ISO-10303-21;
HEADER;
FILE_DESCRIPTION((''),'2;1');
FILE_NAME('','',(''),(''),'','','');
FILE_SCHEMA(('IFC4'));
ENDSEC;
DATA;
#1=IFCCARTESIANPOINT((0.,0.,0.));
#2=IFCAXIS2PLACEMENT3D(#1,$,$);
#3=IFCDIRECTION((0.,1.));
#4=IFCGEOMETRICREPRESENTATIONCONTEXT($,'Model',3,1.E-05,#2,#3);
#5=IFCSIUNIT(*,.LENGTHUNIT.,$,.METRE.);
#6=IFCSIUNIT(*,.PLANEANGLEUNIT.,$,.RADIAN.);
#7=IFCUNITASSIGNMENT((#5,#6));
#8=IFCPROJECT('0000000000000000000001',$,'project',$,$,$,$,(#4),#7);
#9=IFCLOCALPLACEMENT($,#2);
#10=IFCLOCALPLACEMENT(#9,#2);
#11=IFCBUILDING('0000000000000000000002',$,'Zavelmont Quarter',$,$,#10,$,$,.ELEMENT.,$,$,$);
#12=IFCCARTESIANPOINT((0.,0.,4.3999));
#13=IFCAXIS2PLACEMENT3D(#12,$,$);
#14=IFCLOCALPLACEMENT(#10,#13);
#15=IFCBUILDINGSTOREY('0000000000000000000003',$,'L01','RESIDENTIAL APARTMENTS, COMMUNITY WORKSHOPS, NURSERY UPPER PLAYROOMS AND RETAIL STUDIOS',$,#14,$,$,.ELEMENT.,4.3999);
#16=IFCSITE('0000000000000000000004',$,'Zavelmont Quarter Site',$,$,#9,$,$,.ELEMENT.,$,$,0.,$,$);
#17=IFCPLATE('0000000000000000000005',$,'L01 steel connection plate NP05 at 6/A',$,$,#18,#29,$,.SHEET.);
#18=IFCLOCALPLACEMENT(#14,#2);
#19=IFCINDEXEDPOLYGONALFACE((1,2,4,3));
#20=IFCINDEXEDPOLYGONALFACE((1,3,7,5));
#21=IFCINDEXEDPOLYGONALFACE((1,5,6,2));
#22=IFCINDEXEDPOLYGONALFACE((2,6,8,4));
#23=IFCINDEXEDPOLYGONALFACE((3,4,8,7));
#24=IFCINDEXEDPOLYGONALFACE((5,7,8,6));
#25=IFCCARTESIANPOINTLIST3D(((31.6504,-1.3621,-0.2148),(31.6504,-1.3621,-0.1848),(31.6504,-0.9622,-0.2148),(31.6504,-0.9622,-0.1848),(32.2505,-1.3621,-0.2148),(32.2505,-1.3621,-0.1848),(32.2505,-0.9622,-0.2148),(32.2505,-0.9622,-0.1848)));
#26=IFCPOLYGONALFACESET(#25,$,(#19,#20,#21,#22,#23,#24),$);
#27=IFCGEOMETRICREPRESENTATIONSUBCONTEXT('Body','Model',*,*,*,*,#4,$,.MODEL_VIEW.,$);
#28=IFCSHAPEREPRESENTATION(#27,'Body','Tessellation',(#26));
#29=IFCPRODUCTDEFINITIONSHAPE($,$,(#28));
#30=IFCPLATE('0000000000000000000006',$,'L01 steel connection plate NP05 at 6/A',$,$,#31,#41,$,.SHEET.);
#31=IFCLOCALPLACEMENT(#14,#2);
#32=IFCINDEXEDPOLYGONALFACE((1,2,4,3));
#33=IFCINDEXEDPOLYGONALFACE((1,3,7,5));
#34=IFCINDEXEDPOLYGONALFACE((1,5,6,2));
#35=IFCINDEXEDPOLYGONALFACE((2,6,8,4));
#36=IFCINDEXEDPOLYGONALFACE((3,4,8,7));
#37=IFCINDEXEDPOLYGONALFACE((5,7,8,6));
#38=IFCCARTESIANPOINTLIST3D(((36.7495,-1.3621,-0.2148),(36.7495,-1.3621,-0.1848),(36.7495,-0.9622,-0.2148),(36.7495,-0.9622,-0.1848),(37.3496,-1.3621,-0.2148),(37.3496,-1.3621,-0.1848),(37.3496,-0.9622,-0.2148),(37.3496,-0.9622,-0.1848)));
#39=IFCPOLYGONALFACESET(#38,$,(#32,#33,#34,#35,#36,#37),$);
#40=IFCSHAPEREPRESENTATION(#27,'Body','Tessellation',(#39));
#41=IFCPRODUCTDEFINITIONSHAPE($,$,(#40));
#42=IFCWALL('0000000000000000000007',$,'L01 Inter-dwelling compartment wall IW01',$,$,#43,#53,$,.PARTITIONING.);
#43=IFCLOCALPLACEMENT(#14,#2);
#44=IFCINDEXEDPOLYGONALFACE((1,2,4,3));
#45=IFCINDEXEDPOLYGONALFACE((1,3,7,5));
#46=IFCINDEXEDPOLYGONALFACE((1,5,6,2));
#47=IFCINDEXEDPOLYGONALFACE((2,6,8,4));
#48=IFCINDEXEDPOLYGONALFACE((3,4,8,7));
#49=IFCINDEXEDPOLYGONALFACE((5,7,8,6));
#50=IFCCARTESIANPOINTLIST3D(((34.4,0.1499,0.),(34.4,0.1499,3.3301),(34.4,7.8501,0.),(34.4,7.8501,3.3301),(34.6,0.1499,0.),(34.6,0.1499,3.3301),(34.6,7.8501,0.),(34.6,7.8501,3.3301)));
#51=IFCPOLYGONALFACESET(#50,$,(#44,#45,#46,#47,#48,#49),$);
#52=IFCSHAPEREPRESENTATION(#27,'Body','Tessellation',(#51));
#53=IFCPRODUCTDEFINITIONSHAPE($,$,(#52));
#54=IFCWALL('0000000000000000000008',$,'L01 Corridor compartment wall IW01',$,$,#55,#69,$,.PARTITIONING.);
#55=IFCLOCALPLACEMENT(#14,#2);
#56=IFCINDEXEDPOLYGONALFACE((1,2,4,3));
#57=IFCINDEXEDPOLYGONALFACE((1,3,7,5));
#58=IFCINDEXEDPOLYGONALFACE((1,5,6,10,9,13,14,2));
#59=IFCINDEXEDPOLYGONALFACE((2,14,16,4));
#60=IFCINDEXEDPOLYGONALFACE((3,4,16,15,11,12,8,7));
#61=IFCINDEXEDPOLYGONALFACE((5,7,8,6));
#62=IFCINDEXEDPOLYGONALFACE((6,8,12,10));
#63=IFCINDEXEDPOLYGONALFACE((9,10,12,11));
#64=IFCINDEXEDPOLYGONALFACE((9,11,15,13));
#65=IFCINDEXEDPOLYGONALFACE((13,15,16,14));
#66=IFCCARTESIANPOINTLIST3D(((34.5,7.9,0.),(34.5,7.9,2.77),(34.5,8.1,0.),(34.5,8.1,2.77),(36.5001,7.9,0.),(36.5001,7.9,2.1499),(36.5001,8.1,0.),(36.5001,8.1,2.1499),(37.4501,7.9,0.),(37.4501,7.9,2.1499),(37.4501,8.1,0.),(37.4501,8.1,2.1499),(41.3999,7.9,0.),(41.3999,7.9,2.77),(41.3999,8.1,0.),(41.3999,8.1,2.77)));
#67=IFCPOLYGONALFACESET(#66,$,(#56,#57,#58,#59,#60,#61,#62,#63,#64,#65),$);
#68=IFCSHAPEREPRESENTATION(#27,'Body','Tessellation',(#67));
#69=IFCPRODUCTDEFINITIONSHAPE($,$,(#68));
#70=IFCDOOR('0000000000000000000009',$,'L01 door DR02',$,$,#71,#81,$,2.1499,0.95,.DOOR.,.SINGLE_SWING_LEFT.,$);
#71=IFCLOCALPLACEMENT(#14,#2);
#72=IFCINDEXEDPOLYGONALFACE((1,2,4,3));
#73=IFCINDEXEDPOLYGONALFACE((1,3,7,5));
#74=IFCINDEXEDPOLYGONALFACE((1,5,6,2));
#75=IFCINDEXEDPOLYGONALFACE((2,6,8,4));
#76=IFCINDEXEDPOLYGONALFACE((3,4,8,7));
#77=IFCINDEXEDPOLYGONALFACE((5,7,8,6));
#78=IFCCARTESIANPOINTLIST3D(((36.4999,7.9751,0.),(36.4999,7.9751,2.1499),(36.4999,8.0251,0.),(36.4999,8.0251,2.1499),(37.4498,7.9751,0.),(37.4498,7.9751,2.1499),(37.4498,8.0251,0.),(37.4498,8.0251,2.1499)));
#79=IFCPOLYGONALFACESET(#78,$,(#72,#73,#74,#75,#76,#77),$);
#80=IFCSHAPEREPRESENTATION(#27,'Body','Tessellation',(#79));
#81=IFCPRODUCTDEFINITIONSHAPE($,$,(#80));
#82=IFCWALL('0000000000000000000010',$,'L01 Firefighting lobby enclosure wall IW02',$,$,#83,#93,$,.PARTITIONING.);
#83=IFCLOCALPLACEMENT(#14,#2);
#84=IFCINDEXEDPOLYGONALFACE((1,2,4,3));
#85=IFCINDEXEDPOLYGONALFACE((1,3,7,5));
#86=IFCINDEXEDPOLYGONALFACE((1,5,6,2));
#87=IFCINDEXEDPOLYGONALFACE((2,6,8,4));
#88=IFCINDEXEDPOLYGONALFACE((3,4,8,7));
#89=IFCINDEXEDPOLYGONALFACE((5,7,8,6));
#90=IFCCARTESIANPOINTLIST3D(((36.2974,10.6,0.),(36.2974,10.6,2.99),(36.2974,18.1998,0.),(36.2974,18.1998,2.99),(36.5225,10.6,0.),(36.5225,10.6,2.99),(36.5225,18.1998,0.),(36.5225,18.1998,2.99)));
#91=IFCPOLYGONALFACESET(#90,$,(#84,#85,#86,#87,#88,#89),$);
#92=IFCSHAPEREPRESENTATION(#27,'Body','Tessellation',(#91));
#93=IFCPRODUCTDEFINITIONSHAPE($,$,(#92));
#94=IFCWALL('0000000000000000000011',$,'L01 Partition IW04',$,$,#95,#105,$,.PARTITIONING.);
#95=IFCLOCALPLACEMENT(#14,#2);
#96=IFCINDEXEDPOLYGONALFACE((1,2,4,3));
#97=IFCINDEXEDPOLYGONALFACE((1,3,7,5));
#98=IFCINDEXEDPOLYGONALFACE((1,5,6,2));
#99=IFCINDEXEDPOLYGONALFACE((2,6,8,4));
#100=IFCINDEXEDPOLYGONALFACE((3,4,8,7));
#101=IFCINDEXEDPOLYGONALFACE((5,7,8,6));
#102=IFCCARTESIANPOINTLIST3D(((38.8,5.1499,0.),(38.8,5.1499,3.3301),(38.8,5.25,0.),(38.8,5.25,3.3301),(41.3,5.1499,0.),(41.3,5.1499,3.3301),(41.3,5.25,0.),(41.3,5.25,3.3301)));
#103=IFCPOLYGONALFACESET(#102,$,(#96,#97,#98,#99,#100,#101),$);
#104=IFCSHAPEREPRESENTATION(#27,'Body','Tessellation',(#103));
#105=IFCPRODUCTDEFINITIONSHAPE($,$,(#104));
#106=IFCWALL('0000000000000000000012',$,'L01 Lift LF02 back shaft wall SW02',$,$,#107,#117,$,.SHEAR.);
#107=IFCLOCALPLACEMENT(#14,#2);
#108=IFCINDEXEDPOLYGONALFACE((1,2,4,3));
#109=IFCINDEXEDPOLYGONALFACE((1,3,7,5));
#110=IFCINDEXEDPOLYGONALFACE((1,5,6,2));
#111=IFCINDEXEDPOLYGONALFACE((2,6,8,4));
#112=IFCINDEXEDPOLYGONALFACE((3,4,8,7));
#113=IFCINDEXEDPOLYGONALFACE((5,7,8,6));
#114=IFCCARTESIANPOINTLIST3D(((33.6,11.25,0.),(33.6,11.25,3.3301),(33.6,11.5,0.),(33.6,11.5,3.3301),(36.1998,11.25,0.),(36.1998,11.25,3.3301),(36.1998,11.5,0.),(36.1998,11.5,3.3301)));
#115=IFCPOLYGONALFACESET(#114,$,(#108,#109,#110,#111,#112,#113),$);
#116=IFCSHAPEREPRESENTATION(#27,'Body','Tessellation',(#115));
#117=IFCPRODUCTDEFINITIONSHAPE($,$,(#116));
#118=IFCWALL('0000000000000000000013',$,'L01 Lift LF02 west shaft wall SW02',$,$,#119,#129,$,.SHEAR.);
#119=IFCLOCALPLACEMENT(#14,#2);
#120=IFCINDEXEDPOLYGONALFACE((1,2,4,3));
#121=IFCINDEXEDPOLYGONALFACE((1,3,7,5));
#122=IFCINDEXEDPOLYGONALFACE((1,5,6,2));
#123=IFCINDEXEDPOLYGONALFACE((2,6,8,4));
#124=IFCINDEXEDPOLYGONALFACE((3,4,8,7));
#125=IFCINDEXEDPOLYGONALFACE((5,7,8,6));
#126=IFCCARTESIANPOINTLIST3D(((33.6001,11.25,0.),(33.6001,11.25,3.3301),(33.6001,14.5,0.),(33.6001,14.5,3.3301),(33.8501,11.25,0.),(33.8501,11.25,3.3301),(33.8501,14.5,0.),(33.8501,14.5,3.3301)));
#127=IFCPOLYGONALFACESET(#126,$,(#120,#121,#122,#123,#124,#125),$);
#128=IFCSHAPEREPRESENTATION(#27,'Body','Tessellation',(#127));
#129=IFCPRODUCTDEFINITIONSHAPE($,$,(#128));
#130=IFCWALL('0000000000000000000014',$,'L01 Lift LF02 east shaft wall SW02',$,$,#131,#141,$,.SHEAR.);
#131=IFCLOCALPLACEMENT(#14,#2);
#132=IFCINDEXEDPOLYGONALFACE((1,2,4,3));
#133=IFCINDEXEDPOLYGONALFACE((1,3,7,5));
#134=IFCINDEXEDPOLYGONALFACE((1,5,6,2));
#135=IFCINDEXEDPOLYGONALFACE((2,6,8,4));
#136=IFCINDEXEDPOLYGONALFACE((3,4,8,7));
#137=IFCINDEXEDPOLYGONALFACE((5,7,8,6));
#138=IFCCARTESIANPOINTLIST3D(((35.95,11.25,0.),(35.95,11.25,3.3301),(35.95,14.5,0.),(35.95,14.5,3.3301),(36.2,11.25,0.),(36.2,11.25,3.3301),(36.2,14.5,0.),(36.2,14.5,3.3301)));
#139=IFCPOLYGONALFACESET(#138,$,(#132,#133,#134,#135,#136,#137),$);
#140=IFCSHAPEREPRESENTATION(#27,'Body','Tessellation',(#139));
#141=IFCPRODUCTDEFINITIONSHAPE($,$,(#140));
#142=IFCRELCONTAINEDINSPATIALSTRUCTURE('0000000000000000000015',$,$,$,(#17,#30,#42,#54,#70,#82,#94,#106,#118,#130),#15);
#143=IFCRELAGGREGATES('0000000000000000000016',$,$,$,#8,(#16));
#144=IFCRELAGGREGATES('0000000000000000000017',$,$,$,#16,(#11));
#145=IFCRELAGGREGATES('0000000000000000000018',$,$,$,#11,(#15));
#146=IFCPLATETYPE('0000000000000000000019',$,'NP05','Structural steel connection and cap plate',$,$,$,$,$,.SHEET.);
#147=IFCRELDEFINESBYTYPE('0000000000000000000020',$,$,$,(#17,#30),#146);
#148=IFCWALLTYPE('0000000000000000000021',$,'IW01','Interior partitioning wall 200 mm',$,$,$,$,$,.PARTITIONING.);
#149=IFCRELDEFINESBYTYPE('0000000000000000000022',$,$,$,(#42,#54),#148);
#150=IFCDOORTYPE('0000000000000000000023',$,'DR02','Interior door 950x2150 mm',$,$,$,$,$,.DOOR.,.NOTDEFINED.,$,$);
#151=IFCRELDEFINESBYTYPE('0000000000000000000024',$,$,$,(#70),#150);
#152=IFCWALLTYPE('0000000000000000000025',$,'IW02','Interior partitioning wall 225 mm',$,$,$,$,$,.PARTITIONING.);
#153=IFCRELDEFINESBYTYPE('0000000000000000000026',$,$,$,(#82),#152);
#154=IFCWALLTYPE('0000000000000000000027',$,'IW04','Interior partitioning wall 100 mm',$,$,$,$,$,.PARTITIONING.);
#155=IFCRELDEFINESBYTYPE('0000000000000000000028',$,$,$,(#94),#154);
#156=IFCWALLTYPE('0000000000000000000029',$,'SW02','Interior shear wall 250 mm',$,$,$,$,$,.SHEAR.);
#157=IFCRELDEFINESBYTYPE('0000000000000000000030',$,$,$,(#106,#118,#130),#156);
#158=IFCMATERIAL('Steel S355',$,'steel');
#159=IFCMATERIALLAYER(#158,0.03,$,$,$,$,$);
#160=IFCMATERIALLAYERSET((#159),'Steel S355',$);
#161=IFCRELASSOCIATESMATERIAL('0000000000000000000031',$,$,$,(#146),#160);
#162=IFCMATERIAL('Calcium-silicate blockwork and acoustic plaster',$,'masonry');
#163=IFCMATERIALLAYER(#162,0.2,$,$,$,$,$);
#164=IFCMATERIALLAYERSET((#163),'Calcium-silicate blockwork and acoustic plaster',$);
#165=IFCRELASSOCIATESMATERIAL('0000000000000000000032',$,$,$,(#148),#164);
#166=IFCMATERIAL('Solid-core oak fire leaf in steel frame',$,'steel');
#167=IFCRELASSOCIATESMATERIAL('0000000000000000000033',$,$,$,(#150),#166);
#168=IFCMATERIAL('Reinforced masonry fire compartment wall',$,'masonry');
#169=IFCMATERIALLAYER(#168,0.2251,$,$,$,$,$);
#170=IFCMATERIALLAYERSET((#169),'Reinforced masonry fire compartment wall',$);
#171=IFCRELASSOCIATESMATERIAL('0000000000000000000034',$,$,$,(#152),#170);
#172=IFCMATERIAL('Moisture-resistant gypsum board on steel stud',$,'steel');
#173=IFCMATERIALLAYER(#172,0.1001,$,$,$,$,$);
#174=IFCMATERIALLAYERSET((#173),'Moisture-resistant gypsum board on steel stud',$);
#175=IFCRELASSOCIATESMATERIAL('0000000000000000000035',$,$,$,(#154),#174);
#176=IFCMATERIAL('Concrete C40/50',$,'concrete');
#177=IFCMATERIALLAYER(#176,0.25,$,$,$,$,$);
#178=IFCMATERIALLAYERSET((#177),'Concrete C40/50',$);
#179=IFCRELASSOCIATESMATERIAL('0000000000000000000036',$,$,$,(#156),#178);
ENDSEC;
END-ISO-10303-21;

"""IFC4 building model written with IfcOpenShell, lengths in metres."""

from ifc_helpers import new_model, si_unit, direction, frame, frame_2d, origin, origin_2d, place, context, subcontext, project, spatial, rectangle, extrude, material, layer, layer_set, type_object, element, fill, save


model = new_model("IFC4")

# Units and contexts
model_context = context("Model", 3, precision=1e-05, world=origin(), true_north=direction((0.0, 1.0)))
body_context = subcontext(model_context, "Body", "Model", "MODEL_VIEW")
ifc_project = project(units=[si_unit("LENGTHUNIT", "METRE"), si_unit("PLANEANGLEUNIT", "RADIAN")], contexts=[model_context])

# Site, building, storey
site_placement = place(None, origin())
site = spatial("IfcSite", under=ifc_project, at=site_placement, Name="Zavelmont Quarter Site", CompositionType="ELEMENT", RefElevation=0.0)
building_placement = place(site_placement, origin())
building = spatial("IfcBuilding", under=site, at=building_placement, Name="Zavelmont Quarter", CompositionType="ELEMENT")
storey_placement = place(building_placement, frame((0.0, 0.0, 4.3999)))
storey = spatial("IfcBuildingStorey", under=building, at=storey_placement, Name="L01", Description="RESIDENTIAL APARTMENTS, COMMUNITY WORKSHOPS, NURSERY UPPER PLAYROOMS AND RETAIL STUDIOS", CompositionType="ELEMENT", Elevation=4.3999)

# Shared definitions
ifc_material_1 = material(Name="Concrete C40/50", Category="concrete")

# Shared definitions
ifc_material_2 = material(Name="Steel S355", Category="steel")

# Plates
ifc_layer_1 = layer(ifc_material_2, 0.03)
ifc_layer_set_1 = layer_set([ifc_layer_1], Name="Steel S355")
plate_type = type_object("IfcPlateType", Name="NP05", Description="Structural steel connection and cap plate", PredefinedType="SHEET", material=ifc_layer_set_1)
for number, where, z_axis, x_axis, name in (
    (1, (31.9504, -1.1621, -0.2148), (0.0, 0.0, 1.0), (1.0, 0.0, 0.0), "L01 steel connection plate NP05 at 6/A"),
    (2, (37.0496, -1.1621, -0.2148), (0.0, 0.0, 1.0), (1.0, 0.0, 0.0), "L01 steel connection plate NP05 at 6/A"),
):
    element("IfcPlate", number, at=place(storey_placement, frame(where, z_axis=z_axis, x_axis=x_axis)), inside=storey, type_object=plate_type, Name=name, PredefinedType="SHEET", context=body_context, shape_type="SweptSolid", body=[
        extrude(rectangle(XDim=0.6001, YDim=0.3999, at=origin_2d()), origin(), (0.0, 0.0, 1.0), 0.03),
    ])

# Wall
ifc_material_3 = material(Name="Calcium-silicate blockwork and acoustic plaster", Category="masonry")
ifc_layer_2 = layer(ifc_material_3, 0.2)
ifc_layer_set_2 = layer_set([ifc_layer_2], Name="Calcium-silicate blockwork and acoustic plaster")
wall_type_1 = type_object("IfcWallType", Name="IW01", Description="Interior partitioning wall 200 mm", PredefinedType="PARTITIONING", material=ifc_layer_set_2)
wall_1_placement = place(storey_placement, frame((34.5, 7.8501, 0.0), z_axis=(0.0, 0.0, 1.0), x_axis=(0.0, -1.0, 0.0)))
element("IfcWall", 3, at=wall_1_placement, inside=storey, type_object=wall_type_1, Name="L01 Inter-dwelling compartment wall IW01", PredefinedType="PARTITIONING", context=body_context, shape_type="SweptSolid", body=[
    extrude(rectangle(XDim=7.7002, YDim=0.2, at=frame_2d((3.8501, 0.0))), origin(), (0.0, 0.0, 1.0), 3.3301),
])

# Wall, opening, door
wall_2_placement = place(storey_placement, frame((34.5, 8.0, 0.0), z_axis=(0.0, 0.0, 1.0), x_axis=(1.0, 0.0, 0.0)))
wall_2 = element("IfcWall", 4, at=wall_2_placement, inside=storey, type_object=wall_type_1, Name="L01 Corridor compartment wall IW01", PredefinedType="PARTITIONING", context=body_context, shape_type="SweptSolid", body=[
    extrude(rectangle(XDim=6.8999, YDim=0.2, at=frame_2d((3.45, 0.0))), origin(), (0.0, 0.0, 1.0), 2.77),
])
opening_1_placement = place(wall_2_placement, frame((2.0, 0.0, 0.0)))
opening_1 = element("IfcOpeningElement", 5, at=opening_1_placement, cuts=wall_2, PredefinedType="OPENING", context=body_context, shape_type="SweptSolid", body=[
    extrude(rectangle(XDim=0.95, YDim=2.1499, at=frame_2d((0.4751, 1.075))), frame((0.0, 0.1118, 0.0), z_axis=(0.0, -1.0, 0.0), x_axis=(1.0, 0.0, 0.0)), (0.0, 0.0, 1.0), 0.2239),
])
ifc_material_4 = material(Name="Solid-core oak fire leaf in steel frame", Category="steel")
door_type_1 = type_object("IfcDoorType", Name="DR02", Description="Interior door 950x2150 mm", OperationType="NOTDEFINED", PredefinedType="DOOR", material=ifc_material_4)
door_1_placement = place(opening_1_placement, frame((0.95, 0.0, 0.0), z_axis=(0.0, 0.0, 1.0), x_axis=(-1.0, 0.0, 0.0)))
door_1 = element("IfcDoor", 6, at=door_1_placement, inside=storey, type_object=door_type_1, Name="L01 door DR02", OperationType="SINGLE_SWING_LEFT", OverallHeight=2.1499, OverallWidth=0.95, PredefinedType="DOOR", context=body_context, shape_type="SweptSolid", body=[
    extrude(rectangle(XDim=0.95, YDim=2.1499, at=frame_2d((0.4751, 1.075))), frame((0.0, 0.0249, 0.0), z_axis=(0.0, -1.0, 0.0), x_axis=(1.0, 0.0, 0.0)), (0.0, 0.0, 1.0), 0.05),
])
fill(opening_1, door_1)

# Wall
ifc_material_5 = material(Name="Reinforced masonry fire compartment wall", Category="masonry")
ifc_layer_3 = layer(ifc_material_5, 0.2251)
ifc_layer_set_3 = layer_set([ifc_layer_3], Name="Reinforced masonry fire compartment wall")
wall_type_2 = type_object("IfcWallType", Name="IW02", Description="Interior partitioning wall 225 mm", PredefinedType="PARTITIONING", material=ifc_layer_set_3)
wall_3_placement = place(storey_placement, frame((36.4099, 10.6001, 0.0), z_axis=(0.0, 0.0, 1.0), x_axis=(0.0, 1.0, 0.0)))
element("IfcWall", 7, at=wall_3_placement, inside=storey, type_object=wall_type_2, Name="L01 Firefighting lobby enclosure wall IW02", PredefinedType="PARTITIONING", context=body_context, shape_type="SweptSolid", body=[
    extrude(rectangle(XDim=7.5999, YDim=0.2251, at=frame_2d((3.7998, 0.0))), origin(), (0.0, 0.0, 1.0), 2.99),
])

# Walls
ifc_material_6 = material(Name="Moisture-resistant gypsum board on steel stud", Category="steel")
ifc_layer_4 = layer(ifc_material_6, 0.1001)
ifc_layer_set_4 = layer_set([ifc_layer_4], Name="Moisture-resistant gypsum board on steel stud")
wall_type_3 = type_object("IfcWallType", Name="IW04", Description="Interior partitioning wall 100 mm", PredefinedType="PARTITIONING", material=ifc_layer_set_4)
wall_4_placement = place(storey_placement, frame((38.8, 5.2, 0.0), z_axis=(0.0, 0.0, 1.0), x_axis=(1.0, 0.0, 0.0)))
element("IfcWall", 8, at=wall_4_placement, inside=storey, type_object=wall_type_3, Name="L01 Partition IW04", PredefinedType="PARTITIONING", context=body_context, shape_type="SweptSolid", body=[
    extrude(rectangle(XDim=2.5, YDim=0.1001, at=frame_2d((1.25, 0.0))), origin(), (0.0, 0.0, 1.0), 3.3301),
])
ifc_layer_5 = layer(ifc_material_1, 0.25)
ifc_layer_set_5 = layer_set([ifc_layer_5], Name="Concrete C40/50")
wall_type_4 = type_object("IfcWallType", Name="SW02", Description="Interior shear wall 250 mm", PredefinedType="SHEAR", material=ifc_layer_set_5)
wall_5_placement = place(storey_placement, frame((33.6001, 11.375, 0.0), z_axis=(0.0, 0.0, 1.0), x_axis=(1.0, 0.0, 0.0)))
element("IfcWall", 9, at=wall_5_placement, inside=storey, type_object=wall_type_4, Name="L01 Lift LF02 back shaft wall SW02", PredefinedType="SHEAR", context=body_context, shape_type="SweptSolid", body=[
    extrude(rectangle(XDim=2.5999, YDim=0.25, at=frame_2d((1.2998, 0.0))), origin(), (0.0, 0.0, 1.0), 3.3301),
])
for number, where, z_axis, x_axis, name in (
    (10, (33.7251, 11.25, 0.0), (0.0, 0.0, 1.0), (0.0, 1.0, 0.0), "L01 Lift LF02 west shaft wall SW02"),
    (11, (36.075, 11.25, 0.0), (0.0, 0.0, 1.0), (0.0, 1.0, 0.0), "L01 Lift LF02 east shaft wall SW02"),
):
    element("IfcWall", number, at=place(storey_placement, frame(where, z_axis=z_axis, x_axis=x_axis)), inside=storey, type_object=wall_type_4, Name=name, PredefinedType="SHEAR", context=body_context, shape_type="SweptSolid", body=[
        extrude(rectangle(XDim=3.25, YDim=0.25, at=frame_2d((1.625, 0.0))), origin(), (0.0, 0.0, 1.0), 3.3301),
    ])

save(model, "model.ifc")
